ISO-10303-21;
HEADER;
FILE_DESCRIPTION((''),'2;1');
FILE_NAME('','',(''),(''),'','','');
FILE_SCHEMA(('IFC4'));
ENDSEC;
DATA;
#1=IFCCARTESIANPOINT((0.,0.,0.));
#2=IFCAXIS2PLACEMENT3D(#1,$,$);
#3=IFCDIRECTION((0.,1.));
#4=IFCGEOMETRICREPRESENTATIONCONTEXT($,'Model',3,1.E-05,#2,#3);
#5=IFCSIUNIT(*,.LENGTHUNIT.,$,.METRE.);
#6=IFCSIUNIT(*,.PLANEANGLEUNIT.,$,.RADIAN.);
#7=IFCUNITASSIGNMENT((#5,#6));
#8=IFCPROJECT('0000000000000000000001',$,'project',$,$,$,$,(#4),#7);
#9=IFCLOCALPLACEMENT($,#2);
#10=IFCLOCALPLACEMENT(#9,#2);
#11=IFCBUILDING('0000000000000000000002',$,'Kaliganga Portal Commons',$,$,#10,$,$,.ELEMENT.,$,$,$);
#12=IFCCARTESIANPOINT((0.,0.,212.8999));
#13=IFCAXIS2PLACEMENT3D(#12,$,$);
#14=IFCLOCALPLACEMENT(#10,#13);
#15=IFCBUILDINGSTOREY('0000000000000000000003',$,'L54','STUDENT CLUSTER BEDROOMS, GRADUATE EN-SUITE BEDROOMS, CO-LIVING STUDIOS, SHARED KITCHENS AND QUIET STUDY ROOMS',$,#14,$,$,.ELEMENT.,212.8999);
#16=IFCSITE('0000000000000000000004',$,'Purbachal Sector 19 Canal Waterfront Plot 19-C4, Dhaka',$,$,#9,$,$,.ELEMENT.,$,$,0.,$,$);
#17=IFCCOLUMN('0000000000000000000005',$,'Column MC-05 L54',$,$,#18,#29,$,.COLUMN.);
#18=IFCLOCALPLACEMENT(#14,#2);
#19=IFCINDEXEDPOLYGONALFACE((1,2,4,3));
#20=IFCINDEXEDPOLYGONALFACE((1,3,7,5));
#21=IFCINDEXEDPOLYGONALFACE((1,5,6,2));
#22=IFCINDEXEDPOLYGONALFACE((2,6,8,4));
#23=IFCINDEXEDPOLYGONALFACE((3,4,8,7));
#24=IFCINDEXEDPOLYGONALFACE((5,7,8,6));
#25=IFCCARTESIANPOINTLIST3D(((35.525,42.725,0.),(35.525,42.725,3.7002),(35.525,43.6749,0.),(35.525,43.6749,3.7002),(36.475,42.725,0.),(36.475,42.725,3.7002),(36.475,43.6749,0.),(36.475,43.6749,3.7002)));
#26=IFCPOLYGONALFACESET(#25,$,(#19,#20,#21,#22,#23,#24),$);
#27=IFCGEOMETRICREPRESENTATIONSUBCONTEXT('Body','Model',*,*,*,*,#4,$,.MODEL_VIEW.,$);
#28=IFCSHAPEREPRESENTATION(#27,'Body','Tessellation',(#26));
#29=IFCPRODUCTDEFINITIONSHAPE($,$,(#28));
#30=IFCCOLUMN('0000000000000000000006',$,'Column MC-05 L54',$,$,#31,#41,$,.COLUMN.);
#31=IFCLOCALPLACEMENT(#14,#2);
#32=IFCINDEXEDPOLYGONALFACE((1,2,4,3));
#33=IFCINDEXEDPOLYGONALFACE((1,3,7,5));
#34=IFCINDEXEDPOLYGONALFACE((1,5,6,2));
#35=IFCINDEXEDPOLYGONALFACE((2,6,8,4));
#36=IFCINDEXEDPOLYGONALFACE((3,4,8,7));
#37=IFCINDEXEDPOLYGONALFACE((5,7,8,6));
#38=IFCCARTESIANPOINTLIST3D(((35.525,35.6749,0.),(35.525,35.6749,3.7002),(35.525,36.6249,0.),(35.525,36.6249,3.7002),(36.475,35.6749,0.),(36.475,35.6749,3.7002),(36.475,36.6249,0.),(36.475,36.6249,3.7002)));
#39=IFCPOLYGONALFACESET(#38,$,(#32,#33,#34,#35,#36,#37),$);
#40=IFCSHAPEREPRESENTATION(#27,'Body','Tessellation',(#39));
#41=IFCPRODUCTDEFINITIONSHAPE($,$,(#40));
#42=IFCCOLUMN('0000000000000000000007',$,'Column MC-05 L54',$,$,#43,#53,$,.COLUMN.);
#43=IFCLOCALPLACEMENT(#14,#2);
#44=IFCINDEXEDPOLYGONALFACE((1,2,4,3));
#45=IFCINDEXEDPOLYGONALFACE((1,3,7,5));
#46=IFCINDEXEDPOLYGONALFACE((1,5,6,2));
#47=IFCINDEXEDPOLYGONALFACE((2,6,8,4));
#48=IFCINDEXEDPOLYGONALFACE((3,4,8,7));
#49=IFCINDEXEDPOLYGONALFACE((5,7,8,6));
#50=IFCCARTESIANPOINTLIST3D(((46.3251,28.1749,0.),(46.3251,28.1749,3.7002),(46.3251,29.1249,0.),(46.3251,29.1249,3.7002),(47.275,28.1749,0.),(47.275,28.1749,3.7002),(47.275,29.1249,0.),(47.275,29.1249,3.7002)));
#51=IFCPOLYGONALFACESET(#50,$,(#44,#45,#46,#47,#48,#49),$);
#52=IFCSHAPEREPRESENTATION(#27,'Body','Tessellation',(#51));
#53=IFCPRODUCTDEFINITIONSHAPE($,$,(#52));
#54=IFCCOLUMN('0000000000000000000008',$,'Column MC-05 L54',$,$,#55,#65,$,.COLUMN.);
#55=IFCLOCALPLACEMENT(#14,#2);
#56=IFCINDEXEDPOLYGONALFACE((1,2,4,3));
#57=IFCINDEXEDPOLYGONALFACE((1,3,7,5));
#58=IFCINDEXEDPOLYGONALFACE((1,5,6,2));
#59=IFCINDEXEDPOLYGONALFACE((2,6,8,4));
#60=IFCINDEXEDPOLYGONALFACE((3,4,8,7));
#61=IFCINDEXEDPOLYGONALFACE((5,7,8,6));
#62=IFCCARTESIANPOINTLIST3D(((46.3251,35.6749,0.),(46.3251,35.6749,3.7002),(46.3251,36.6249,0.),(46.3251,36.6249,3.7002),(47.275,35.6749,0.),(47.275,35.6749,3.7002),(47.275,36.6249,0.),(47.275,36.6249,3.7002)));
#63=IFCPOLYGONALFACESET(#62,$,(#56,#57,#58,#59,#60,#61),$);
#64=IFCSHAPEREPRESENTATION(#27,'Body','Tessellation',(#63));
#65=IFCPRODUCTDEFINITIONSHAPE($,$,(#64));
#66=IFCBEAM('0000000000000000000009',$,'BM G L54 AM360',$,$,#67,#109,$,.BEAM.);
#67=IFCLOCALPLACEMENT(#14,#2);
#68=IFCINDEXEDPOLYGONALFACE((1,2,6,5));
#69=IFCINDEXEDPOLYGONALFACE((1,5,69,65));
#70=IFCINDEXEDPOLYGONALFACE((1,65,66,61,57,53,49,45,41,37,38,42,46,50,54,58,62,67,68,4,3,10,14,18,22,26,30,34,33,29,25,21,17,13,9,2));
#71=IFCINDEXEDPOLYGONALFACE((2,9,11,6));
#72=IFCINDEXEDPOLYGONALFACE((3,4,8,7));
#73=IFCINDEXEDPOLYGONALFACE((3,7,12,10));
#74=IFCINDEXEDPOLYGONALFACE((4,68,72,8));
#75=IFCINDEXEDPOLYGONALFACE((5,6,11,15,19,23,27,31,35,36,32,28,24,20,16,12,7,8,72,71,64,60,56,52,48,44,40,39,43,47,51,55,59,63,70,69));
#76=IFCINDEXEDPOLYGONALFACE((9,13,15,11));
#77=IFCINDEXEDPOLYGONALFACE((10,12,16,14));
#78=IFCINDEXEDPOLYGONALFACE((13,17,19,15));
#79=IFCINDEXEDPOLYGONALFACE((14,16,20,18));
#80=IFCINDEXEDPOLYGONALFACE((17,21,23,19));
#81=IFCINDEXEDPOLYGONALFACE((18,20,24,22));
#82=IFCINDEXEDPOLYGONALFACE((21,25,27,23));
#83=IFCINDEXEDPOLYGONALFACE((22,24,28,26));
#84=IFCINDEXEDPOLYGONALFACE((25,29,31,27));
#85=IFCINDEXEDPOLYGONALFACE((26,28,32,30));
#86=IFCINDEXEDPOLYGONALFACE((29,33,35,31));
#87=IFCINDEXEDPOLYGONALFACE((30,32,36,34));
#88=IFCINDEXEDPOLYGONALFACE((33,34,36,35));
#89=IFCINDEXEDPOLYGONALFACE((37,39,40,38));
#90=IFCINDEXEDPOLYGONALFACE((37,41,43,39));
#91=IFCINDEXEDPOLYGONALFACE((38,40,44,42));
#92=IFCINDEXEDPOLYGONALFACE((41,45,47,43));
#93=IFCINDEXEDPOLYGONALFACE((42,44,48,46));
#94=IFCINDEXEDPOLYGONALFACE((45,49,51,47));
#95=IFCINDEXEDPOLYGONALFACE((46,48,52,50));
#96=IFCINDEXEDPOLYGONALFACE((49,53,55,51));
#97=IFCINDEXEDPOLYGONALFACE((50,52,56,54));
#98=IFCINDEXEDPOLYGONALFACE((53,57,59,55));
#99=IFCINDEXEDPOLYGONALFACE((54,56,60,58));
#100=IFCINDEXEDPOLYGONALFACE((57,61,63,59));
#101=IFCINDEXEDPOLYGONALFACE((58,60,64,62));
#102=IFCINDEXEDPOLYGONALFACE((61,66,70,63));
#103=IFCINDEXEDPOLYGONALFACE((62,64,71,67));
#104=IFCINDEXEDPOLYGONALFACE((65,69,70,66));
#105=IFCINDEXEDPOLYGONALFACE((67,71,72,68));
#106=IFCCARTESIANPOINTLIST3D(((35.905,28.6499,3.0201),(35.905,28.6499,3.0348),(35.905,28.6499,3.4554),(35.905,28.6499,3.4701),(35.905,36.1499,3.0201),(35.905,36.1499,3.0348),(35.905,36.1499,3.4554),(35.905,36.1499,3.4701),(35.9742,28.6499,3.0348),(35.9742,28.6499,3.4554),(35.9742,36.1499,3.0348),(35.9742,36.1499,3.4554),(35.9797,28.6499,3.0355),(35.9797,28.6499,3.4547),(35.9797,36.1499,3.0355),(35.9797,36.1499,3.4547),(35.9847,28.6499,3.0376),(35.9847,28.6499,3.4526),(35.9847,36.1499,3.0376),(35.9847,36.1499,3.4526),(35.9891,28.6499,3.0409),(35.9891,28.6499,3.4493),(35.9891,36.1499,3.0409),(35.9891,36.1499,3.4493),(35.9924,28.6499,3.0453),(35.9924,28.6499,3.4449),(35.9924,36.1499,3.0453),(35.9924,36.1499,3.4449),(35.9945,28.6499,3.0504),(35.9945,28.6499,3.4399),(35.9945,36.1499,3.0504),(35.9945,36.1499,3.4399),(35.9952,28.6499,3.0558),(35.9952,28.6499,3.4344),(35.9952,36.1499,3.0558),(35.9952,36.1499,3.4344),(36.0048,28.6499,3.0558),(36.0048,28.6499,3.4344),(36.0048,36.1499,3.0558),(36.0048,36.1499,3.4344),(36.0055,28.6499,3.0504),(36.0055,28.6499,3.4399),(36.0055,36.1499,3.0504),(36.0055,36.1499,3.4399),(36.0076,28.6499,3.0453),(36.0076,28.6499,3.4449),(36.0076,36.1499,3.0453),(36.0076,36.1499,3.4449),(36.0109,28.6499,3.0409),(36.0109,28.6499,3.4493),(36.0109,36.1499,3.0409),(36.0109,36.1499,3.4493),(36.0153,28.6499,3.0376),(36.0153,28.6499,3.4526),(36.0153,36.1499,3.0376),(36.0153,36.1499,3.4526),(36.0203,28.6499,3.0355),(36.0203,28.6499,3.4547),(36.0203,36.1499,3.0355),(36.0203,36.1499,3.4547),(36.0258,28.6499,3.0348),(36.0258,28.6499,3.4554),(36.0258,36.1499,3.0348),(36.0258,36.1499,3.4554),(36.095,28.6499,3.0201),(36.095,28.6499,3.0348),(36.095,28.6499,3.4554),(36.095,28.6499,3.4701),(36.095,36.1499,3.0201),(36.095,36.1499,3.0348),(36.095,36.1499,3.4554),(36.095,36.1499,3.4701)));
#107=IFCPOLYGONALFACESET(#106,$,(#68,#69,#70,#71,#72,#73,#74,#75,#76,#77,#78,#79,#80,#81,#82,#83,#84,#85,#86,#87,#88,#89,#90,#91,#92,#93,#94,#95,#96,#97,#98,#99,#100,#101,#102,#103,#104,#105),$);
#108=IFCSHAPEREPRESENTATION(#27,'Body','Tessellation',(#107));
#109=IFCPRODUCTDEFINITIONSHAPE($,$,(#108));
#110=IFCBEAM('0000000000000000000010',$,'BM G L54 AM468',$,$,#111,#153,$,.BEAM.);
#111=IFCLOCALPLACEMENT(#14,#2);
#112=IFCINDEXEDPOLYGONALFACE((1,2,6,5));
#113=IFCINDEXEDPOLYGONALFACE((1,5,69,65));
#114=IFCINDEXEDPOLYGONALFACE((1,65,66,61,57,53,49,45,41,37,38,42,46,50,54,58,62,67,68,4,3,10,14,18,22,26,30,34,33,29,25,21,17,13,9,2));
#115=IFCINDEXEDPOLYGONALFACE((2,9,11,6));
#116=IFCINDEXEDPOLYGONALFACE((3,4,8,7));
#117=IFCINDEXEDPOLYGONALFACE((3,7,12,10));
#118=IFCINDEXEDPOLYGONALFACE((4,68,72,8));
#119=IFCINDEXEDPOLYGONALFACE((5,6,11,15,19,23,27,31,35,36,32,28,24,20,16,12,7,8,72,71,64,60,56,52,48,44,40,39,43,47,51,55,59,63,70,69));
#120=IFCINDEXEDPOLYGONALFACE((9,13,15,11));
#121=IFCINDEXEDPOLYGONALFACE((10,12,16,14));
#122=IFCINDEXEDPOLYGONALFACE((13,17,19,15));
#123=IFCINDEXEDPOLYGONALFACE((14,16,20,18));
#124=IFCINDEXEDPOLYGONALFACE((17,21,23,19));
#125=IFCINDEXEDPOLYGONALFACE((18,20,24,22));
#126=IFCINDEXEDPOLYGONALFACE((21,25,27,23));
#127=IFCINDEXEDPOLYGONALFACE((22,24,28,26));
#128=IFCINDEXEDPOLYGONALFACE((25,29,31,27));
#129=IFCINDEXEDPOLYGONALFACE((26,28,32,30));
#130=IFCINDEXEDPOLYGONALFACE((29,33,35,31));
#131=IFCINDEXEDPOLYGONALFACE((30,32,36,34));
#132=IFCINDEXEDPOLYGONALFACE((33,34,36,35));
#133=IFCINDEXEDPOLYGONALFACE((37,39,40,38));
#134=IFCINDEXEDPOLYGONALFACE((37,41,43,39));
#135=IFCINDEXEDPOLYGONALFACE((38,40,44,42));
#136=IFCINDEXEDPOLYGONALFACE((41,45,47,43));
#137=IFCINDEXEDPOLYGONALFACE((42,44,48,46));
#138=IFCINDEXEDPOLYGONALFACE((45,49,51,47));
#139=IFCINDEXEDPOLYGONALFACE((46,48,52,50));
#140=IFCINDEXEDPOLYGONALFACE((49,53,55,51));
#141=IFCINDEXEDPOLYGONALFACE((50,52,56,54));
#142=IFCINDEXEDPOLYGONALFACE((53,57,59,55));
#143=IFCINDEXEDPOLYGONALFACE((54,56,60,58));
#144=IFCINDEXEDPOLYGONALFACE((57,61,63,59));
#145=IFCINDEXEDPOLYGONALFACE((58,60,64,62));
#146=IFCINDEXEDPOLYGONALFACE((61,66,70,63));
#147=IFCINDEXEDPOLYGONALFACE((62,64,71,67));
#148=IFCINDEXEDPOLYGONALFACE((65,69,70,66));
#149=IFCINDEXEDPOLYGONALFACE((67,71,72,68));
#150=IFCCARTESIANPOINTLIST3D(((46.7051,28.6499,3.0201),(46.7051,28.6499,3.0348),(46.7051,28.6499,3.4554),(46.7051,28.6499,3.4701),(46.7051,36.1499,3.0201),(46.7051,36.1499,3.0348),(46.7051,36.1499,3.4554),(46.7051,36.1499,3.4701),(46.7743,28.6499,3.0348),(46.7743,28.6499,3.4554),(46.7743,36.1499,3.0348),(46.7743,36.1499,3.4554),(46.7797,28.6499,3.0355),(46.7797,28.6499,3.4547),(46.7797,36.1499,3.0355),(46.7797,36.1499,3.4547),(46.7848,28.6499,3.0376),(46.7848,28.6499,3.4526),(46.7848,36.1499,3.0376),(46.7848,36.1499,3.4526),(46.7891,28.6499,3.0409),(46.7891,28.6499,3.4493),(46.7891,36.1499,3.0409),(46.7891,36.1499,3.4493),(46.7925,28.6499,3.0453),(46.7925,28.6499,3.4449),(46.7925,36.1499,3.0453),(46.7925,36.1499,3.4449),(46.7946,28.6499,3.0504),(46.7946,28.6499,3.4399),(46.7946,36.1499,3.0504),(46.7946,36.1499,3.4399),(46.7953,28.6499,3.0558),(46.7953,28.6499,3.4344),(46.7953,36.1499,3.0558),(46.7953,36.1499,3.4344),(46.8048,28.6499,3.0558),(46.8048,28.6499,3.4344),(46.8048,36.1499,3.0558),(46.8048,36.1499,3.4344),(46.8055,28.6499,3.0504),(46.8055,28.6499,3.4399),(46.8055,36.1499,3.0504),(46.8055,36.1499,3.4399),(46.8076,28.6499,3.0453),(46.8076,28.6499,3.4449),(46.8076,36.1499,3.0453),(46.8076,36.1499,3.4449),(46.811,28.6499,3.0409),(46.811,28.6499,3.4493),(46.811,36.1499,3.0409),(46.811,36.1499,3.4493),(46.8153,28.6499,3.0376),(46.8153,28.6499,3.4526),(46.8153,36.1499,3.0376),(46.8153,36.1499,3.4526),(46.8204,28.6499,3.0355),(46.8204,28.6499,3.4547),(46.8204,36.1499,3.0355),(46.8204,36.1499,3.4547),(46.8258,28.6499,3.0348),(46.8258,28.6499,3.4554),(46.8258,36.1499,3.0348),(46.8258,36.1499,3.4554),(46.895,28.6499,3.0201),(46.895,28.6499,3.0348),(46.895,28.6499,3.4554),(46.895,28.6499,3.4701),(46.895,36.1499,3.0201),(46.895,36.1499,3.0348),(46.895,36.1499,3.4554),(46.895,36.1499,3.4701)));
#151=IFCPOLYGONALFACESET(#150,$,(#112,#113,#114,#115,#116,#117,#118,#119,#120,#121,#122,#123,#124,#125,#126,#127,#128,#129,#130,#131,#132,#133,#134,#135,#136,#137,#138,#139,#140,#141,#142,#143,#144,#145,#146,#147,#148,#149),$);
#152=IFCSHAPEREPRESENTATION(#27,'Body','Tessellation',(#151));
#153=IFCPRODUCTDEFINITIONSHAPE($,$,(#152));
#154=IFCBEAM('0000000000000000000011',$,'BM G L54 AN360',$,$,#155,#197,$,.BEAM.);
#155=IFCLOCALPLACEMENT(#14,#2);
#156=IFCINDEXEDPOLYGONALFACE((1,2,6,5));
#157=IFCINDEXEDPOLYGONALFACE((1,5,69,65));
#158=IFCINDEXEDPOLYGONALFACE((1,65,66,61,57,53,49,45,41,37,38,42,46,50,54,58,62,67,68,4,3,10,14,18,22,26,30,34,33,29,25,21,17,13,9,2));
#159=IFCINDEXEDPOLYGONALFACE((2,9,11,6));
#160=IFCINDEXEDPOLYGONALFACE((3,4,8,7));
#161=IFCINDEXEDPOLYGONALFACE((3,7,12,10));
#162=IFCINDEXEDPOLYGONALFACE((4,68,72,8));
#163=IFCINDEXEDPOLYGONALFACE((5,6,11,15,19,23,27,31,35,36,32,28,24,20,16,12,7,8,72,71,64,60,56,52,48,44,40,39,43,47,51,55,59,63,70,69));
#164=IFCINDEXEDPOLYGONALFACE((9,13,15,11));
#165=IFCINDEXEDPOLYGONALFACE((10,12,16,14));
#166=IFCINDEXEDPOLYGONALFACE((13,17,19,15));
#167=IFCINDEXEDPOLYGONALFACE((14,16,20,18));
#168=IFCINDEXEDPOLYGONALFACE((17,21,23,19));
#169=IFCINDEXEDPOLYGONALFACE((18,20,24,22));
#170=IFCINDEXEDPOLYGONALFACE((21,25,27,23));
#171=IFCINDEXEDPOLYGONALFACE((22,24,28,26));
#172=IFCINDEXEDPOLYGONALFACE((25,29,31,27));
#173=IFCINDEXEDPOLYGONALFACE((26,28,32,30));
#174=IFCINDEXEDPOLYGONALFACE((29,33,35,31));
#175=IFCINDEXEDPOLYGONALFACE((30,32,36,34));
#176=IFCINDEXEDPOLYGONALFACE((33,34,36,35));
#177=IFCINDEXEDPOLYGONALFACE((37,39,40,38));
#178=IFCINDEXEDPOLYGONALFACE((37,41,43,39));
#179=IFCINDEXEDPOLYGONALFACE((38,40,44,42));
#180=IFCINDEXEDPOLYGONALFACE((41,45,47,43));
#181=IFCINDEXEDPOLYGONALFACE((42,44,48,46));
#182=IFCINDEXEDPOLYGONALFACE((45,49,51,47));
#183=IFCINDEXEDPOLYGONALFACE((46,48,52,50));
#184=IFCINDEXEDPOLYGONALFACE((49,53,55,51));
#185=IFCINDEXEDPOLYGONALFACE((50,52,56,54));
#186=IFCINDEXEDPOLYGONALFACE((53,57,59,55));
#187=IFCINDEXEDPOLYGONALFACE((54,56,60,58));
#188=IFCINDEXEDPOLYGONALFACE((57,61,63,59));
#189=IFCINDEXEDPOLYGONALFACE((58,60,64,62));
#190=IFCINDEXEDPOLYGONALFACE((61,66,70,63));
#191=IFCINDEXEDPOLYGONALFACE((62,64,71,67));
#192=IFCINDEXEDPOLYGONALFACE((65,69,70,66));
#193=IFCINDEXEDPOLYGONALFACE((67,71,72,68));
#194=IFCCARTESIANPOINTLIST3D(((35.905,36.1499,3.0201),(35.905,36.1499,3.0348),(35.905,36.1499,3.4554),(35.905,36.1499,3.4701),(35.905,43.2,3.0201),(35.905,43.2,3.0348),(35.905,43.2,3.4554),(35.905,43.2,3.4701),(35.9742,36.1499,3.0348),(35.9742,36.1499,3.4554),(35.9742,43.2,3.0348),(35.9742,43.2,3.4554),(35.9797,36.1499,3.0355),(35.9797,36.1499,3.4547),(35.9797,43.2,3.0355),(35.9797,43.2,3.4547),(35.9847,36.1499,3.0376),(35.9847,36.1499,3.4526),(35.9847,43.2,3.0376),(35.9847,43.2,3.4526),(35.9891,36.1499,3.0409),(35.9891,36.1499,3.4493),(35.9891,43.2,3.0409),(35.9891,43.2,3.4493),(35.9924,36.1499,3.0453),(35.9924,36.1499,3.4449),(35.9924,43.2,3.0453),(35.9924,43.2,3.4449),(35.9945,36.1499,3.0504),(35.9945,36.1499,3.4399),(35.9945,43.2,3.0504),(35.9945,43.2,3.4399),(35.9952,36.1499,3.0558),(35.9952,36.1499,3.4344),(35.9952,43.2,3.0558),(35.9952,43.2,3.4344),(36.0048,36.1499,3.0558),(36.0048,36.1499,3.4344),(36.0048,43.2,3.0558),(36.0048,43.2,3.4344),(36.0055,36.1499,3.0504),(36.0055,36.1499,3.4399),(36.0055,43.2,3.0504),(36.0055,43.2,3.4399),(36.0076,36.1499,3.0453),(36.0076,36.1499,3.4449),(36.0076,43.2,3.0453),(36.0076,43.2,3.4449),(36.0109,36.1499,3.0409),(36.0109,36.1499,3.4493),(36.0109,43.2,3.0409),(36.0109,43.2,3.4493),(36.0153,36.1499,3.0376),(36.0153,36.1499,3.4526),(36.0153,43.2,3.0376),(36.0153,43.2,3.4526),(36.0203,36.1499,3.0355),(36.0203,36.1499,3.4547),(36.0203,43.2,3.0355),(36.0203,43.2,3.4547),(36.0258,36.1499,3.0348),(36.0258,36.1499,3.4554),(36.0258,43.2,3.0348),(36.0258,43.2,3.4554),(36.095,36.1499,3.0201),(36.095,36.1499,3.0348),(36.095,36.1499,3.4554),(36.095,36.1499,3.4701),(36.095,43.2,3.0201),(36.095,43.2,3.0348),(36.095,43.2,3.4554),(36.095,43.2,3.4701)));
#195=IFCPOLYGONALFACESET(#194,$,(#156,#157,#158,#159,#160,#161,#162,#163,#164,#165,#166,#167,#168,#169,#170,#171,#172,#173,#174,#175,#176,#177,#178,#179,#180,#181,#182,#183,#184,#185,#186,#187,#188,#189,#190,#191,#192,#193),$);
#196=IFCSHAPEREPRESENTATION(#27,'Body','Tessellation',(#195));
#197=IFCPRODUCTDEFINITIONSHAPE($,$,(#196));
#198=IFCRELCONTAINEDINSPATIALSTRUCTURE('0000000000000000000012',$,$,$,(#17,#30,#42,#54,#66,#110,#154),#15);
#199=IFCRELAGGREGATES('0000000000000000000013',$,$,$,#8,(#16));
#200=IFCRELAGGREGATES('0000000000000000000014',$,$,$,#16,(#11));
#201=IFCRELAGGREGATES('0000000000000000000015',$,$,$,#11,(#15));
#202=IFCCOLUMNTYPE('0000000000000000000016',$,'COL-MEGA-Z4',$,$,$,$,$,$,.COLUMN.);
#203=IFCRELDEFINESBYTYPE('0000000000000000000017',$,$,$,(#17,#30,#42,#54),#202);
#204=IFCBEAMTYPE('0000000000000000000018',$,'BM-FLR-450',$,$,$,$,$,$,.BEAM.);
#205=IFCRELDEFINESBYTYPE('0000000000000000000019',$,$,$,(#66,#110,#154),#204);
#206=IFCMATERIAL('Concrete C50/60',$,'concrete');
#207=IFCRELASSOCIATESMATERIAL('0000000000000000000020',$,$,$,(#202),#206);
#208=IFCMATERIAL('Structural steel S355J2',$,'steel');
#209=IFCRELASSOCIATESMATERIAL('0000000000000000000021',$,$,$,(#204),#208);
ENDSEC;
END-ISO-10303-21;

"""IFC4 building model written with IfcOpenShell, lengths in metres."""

from ifc_helpers import new_model, si_unit, direction, frame, origin, origin_2d, place, context, subcontext, project, spatial, rectangle, i_section, extrude, source, transform, mapped, material, material_profile, profile_set, type_object, element, save


model = new_model("IFC4")

# Units and contexts
model_context = context("Model", 3, precision=1e-05, world=origin(), true_north=direction((0.0, 1.0)))
body_context = subcontext(model_context, "Body", "Model", "MODEL_VIEW")
ifc_project = project(units=[si_unit("LENGTHUNIT", "METRE"), si_unit("PLANEANGLEUNIT", "RADIAN")], contexts=[model_context])

# Site, building, storey
site_placement = place(None, origin())
site = spatial("IfcSite", under=ifc_project, at=site_placement, Name="Purbachal Sector 19 Canal Waterfront Plot 19-C4, Dhaka", CompositionType="ELEMENT", RefElevation=0.0)
building_placement = place(site_placement, origin())
building = spatial("IfcBuilding", under=site, at=building_placement, Name="Kaliganga Portal Commons", CompositionType="ELEMENT")
storey_placement = place(building_placement, frame((0.0, 0.0, 212.8999)))
storey = spatial("IfcBuildingStorey", under=building, at=storey_placement, Name="L54", Description="STUDENT CLUSTER BEDROOMS, GRADUATE EN-SUITE BEDROOMS, CO-LIVING STUDIOS, SHARED KITCHENS AND QUIET STUDY ROOMS", CompositionType="ELEMENT", Elevation=212.8999)

# Columns
ifc_material_1 = material(Name="Concrete C50/60", Category="concrete")
ifc_material_profile_1 = material_profile(ifc_material_1, rectangle(XDim=0.95, YDim=0.95, at=origin_2d()), Name="RC 950x950")
ifc_profile_set_1 = profile_set([ifc_material_profile_1], Name="Concrete C50/60")
column_type = type_object("IfcColumnType", Name="COL-MEGA-Z4", PredefinedType="COLUMN", material=ifc_profile_set_1)
shared_shape_1 = source(origin(), body_context, "Body", "SweptSolid", [
    extrude(rectangle(XDim=0.95, YDim=0.95, at=origin_2d()), origin(), (0.0, 0.0, 1.0), 3.7002),
])
for number, where, z_axis, x_axis, name in (
    (1, (36.0, 43.2, 0.0), (0.0, 0.0, 1.0), (1.0, 0.0, 0.0), "Column MC-05 L54"),
    (2, (36.0, 36.1499, 0.0), (0.0, 0.0, 1.0), (1.0, 0.0, 0.0), "Column MC-05 L54"),
    (3, (46.8, 28.6499, 0.0), (0.0, 0.0, 1.0), (1.0, 0.0, 0.0), "Column MC-05 L54"),
    (4, (46.8, 36.1499, 0.0), (0.0, 0.0, 1.0), (1.0, 0.0, 0.0), "Column MC-05 L54"),
):
    element("IfcColumn", number, at=place(storey_placement, frame(where, z_axis=z_axis, x_axis=x_axis)), inside=storey, type_object=column_type, Name=name, PredefinedType="COLUMN", context=body_context, shape_type="MappedRepresentation", body=[
        mapped(shared_shape_1, transform((0.0, 0.0, 0.0), x_axis=(1.0, 0.0, 0.0), y_axis=(0.0, 1.0, 0.0), z_axis=(0.0, 0.0, 1.0), scale=1.0)),
    ])

# Beams
ifc_material_2 = material(Name="Structural steel S355J2", Category="steel")
ifc_material_profile_2 = material_profile(ifc_material_2, i_section(OverallWidth=0.1899, OverallDepth=0.45, WebThickness=0.0095, FlangeThickness=0.0146, FilletRadius=0.021, at=origin_2d()), Name="IPE 450")
ifc_profile_set_2 = profile_set([ifc_material_profile_2], Name="Structural steel S355J2 wide-flange")
beam_type_1 = type_object("IfcBeamType", Name="BM-FLR-450", PredefinedType="BEAM", material=ifc_profile_set_2)
shared_shape_2 = source(origin(), body_context, "Body", "SweptSolid", [
    extrude(i_section(OverallWidth=0.1899, OverallDepth=0.45, WebThickness=0.0095, FlangeThickness=0.0146, FilletRadius=0.021, at=origin_2d()), origin(), (0.0, 0.0, 1.0), 7.5),
])
for number, where, z_axis, x_axis, name in (
    (5, (36.0, 28.6499, 3.2451), (0.0, 1.0, 0.0), (-1.0, 0.0, 0.0), "BM G L54 AM360"),
    (6, (46.8, 28.6499, 3.2451), (0.0, 1.0, 0.0), (-1.0, 0.0, 0.0), "BM G L54 AM468"),
):
    element("IfcBeam", number, at=place(storey_placement, frame(where, z_axis=z_axis, x_axis=x_axis)), inside=storey, type_object=beam_type_1, Name=name, PredefinedType="BEAM", context=body_context, shape_type="MappedRepresentation", body=[
        mapped(shared_shape_2, transform((0.0, 0.0, 0.0), x_axis=(1.0, 0.0, 0.0), y_axis=(0.0, 1.0, 0.0), z_axis=(0.0, 0.0, 1.0), scale=1.0)),
    ])
shared_shape_3 = source(origin(), body_context, "Body", "SweptSolid", [
    extrude(i_section(OverallWidth=0.1899, OverallDepth=0.45, WebThickness=0.0095, FlangeThickness=0.0146, FilletRadius=0.021, at=origin_2d()), origin(), (0.0, 0.0, 1.0), 7.05),
])
for number, where, z_axis, x_axis, name in (
    (7, (36.0, 36.1499, 3.2451), (0.0, 1.0, 0.0), (-1.0, 0.0, 0.0), "BM G L54 AN360"),
):
    element("IfcBeam", number, at=place(storey_placement, frame(where, z_axis=z_axis, x_axis=x_axis)), inside=storey, type_object=beam_type_1, Name=name, PredefinedType="BEAM", context=body_context, shape_type="MappedRepresentation", body=[
        mapped(shared_shape_3, transform((0.0, 0.0, 0.0), x_axis=(1.0, 0.0, 0.0), y_axis=(0.0, 1.0, 0.0), z_axis=(0.0, 0.0, 1.0), scale=1.0)),
    ])

save(model, "model.ifc")
